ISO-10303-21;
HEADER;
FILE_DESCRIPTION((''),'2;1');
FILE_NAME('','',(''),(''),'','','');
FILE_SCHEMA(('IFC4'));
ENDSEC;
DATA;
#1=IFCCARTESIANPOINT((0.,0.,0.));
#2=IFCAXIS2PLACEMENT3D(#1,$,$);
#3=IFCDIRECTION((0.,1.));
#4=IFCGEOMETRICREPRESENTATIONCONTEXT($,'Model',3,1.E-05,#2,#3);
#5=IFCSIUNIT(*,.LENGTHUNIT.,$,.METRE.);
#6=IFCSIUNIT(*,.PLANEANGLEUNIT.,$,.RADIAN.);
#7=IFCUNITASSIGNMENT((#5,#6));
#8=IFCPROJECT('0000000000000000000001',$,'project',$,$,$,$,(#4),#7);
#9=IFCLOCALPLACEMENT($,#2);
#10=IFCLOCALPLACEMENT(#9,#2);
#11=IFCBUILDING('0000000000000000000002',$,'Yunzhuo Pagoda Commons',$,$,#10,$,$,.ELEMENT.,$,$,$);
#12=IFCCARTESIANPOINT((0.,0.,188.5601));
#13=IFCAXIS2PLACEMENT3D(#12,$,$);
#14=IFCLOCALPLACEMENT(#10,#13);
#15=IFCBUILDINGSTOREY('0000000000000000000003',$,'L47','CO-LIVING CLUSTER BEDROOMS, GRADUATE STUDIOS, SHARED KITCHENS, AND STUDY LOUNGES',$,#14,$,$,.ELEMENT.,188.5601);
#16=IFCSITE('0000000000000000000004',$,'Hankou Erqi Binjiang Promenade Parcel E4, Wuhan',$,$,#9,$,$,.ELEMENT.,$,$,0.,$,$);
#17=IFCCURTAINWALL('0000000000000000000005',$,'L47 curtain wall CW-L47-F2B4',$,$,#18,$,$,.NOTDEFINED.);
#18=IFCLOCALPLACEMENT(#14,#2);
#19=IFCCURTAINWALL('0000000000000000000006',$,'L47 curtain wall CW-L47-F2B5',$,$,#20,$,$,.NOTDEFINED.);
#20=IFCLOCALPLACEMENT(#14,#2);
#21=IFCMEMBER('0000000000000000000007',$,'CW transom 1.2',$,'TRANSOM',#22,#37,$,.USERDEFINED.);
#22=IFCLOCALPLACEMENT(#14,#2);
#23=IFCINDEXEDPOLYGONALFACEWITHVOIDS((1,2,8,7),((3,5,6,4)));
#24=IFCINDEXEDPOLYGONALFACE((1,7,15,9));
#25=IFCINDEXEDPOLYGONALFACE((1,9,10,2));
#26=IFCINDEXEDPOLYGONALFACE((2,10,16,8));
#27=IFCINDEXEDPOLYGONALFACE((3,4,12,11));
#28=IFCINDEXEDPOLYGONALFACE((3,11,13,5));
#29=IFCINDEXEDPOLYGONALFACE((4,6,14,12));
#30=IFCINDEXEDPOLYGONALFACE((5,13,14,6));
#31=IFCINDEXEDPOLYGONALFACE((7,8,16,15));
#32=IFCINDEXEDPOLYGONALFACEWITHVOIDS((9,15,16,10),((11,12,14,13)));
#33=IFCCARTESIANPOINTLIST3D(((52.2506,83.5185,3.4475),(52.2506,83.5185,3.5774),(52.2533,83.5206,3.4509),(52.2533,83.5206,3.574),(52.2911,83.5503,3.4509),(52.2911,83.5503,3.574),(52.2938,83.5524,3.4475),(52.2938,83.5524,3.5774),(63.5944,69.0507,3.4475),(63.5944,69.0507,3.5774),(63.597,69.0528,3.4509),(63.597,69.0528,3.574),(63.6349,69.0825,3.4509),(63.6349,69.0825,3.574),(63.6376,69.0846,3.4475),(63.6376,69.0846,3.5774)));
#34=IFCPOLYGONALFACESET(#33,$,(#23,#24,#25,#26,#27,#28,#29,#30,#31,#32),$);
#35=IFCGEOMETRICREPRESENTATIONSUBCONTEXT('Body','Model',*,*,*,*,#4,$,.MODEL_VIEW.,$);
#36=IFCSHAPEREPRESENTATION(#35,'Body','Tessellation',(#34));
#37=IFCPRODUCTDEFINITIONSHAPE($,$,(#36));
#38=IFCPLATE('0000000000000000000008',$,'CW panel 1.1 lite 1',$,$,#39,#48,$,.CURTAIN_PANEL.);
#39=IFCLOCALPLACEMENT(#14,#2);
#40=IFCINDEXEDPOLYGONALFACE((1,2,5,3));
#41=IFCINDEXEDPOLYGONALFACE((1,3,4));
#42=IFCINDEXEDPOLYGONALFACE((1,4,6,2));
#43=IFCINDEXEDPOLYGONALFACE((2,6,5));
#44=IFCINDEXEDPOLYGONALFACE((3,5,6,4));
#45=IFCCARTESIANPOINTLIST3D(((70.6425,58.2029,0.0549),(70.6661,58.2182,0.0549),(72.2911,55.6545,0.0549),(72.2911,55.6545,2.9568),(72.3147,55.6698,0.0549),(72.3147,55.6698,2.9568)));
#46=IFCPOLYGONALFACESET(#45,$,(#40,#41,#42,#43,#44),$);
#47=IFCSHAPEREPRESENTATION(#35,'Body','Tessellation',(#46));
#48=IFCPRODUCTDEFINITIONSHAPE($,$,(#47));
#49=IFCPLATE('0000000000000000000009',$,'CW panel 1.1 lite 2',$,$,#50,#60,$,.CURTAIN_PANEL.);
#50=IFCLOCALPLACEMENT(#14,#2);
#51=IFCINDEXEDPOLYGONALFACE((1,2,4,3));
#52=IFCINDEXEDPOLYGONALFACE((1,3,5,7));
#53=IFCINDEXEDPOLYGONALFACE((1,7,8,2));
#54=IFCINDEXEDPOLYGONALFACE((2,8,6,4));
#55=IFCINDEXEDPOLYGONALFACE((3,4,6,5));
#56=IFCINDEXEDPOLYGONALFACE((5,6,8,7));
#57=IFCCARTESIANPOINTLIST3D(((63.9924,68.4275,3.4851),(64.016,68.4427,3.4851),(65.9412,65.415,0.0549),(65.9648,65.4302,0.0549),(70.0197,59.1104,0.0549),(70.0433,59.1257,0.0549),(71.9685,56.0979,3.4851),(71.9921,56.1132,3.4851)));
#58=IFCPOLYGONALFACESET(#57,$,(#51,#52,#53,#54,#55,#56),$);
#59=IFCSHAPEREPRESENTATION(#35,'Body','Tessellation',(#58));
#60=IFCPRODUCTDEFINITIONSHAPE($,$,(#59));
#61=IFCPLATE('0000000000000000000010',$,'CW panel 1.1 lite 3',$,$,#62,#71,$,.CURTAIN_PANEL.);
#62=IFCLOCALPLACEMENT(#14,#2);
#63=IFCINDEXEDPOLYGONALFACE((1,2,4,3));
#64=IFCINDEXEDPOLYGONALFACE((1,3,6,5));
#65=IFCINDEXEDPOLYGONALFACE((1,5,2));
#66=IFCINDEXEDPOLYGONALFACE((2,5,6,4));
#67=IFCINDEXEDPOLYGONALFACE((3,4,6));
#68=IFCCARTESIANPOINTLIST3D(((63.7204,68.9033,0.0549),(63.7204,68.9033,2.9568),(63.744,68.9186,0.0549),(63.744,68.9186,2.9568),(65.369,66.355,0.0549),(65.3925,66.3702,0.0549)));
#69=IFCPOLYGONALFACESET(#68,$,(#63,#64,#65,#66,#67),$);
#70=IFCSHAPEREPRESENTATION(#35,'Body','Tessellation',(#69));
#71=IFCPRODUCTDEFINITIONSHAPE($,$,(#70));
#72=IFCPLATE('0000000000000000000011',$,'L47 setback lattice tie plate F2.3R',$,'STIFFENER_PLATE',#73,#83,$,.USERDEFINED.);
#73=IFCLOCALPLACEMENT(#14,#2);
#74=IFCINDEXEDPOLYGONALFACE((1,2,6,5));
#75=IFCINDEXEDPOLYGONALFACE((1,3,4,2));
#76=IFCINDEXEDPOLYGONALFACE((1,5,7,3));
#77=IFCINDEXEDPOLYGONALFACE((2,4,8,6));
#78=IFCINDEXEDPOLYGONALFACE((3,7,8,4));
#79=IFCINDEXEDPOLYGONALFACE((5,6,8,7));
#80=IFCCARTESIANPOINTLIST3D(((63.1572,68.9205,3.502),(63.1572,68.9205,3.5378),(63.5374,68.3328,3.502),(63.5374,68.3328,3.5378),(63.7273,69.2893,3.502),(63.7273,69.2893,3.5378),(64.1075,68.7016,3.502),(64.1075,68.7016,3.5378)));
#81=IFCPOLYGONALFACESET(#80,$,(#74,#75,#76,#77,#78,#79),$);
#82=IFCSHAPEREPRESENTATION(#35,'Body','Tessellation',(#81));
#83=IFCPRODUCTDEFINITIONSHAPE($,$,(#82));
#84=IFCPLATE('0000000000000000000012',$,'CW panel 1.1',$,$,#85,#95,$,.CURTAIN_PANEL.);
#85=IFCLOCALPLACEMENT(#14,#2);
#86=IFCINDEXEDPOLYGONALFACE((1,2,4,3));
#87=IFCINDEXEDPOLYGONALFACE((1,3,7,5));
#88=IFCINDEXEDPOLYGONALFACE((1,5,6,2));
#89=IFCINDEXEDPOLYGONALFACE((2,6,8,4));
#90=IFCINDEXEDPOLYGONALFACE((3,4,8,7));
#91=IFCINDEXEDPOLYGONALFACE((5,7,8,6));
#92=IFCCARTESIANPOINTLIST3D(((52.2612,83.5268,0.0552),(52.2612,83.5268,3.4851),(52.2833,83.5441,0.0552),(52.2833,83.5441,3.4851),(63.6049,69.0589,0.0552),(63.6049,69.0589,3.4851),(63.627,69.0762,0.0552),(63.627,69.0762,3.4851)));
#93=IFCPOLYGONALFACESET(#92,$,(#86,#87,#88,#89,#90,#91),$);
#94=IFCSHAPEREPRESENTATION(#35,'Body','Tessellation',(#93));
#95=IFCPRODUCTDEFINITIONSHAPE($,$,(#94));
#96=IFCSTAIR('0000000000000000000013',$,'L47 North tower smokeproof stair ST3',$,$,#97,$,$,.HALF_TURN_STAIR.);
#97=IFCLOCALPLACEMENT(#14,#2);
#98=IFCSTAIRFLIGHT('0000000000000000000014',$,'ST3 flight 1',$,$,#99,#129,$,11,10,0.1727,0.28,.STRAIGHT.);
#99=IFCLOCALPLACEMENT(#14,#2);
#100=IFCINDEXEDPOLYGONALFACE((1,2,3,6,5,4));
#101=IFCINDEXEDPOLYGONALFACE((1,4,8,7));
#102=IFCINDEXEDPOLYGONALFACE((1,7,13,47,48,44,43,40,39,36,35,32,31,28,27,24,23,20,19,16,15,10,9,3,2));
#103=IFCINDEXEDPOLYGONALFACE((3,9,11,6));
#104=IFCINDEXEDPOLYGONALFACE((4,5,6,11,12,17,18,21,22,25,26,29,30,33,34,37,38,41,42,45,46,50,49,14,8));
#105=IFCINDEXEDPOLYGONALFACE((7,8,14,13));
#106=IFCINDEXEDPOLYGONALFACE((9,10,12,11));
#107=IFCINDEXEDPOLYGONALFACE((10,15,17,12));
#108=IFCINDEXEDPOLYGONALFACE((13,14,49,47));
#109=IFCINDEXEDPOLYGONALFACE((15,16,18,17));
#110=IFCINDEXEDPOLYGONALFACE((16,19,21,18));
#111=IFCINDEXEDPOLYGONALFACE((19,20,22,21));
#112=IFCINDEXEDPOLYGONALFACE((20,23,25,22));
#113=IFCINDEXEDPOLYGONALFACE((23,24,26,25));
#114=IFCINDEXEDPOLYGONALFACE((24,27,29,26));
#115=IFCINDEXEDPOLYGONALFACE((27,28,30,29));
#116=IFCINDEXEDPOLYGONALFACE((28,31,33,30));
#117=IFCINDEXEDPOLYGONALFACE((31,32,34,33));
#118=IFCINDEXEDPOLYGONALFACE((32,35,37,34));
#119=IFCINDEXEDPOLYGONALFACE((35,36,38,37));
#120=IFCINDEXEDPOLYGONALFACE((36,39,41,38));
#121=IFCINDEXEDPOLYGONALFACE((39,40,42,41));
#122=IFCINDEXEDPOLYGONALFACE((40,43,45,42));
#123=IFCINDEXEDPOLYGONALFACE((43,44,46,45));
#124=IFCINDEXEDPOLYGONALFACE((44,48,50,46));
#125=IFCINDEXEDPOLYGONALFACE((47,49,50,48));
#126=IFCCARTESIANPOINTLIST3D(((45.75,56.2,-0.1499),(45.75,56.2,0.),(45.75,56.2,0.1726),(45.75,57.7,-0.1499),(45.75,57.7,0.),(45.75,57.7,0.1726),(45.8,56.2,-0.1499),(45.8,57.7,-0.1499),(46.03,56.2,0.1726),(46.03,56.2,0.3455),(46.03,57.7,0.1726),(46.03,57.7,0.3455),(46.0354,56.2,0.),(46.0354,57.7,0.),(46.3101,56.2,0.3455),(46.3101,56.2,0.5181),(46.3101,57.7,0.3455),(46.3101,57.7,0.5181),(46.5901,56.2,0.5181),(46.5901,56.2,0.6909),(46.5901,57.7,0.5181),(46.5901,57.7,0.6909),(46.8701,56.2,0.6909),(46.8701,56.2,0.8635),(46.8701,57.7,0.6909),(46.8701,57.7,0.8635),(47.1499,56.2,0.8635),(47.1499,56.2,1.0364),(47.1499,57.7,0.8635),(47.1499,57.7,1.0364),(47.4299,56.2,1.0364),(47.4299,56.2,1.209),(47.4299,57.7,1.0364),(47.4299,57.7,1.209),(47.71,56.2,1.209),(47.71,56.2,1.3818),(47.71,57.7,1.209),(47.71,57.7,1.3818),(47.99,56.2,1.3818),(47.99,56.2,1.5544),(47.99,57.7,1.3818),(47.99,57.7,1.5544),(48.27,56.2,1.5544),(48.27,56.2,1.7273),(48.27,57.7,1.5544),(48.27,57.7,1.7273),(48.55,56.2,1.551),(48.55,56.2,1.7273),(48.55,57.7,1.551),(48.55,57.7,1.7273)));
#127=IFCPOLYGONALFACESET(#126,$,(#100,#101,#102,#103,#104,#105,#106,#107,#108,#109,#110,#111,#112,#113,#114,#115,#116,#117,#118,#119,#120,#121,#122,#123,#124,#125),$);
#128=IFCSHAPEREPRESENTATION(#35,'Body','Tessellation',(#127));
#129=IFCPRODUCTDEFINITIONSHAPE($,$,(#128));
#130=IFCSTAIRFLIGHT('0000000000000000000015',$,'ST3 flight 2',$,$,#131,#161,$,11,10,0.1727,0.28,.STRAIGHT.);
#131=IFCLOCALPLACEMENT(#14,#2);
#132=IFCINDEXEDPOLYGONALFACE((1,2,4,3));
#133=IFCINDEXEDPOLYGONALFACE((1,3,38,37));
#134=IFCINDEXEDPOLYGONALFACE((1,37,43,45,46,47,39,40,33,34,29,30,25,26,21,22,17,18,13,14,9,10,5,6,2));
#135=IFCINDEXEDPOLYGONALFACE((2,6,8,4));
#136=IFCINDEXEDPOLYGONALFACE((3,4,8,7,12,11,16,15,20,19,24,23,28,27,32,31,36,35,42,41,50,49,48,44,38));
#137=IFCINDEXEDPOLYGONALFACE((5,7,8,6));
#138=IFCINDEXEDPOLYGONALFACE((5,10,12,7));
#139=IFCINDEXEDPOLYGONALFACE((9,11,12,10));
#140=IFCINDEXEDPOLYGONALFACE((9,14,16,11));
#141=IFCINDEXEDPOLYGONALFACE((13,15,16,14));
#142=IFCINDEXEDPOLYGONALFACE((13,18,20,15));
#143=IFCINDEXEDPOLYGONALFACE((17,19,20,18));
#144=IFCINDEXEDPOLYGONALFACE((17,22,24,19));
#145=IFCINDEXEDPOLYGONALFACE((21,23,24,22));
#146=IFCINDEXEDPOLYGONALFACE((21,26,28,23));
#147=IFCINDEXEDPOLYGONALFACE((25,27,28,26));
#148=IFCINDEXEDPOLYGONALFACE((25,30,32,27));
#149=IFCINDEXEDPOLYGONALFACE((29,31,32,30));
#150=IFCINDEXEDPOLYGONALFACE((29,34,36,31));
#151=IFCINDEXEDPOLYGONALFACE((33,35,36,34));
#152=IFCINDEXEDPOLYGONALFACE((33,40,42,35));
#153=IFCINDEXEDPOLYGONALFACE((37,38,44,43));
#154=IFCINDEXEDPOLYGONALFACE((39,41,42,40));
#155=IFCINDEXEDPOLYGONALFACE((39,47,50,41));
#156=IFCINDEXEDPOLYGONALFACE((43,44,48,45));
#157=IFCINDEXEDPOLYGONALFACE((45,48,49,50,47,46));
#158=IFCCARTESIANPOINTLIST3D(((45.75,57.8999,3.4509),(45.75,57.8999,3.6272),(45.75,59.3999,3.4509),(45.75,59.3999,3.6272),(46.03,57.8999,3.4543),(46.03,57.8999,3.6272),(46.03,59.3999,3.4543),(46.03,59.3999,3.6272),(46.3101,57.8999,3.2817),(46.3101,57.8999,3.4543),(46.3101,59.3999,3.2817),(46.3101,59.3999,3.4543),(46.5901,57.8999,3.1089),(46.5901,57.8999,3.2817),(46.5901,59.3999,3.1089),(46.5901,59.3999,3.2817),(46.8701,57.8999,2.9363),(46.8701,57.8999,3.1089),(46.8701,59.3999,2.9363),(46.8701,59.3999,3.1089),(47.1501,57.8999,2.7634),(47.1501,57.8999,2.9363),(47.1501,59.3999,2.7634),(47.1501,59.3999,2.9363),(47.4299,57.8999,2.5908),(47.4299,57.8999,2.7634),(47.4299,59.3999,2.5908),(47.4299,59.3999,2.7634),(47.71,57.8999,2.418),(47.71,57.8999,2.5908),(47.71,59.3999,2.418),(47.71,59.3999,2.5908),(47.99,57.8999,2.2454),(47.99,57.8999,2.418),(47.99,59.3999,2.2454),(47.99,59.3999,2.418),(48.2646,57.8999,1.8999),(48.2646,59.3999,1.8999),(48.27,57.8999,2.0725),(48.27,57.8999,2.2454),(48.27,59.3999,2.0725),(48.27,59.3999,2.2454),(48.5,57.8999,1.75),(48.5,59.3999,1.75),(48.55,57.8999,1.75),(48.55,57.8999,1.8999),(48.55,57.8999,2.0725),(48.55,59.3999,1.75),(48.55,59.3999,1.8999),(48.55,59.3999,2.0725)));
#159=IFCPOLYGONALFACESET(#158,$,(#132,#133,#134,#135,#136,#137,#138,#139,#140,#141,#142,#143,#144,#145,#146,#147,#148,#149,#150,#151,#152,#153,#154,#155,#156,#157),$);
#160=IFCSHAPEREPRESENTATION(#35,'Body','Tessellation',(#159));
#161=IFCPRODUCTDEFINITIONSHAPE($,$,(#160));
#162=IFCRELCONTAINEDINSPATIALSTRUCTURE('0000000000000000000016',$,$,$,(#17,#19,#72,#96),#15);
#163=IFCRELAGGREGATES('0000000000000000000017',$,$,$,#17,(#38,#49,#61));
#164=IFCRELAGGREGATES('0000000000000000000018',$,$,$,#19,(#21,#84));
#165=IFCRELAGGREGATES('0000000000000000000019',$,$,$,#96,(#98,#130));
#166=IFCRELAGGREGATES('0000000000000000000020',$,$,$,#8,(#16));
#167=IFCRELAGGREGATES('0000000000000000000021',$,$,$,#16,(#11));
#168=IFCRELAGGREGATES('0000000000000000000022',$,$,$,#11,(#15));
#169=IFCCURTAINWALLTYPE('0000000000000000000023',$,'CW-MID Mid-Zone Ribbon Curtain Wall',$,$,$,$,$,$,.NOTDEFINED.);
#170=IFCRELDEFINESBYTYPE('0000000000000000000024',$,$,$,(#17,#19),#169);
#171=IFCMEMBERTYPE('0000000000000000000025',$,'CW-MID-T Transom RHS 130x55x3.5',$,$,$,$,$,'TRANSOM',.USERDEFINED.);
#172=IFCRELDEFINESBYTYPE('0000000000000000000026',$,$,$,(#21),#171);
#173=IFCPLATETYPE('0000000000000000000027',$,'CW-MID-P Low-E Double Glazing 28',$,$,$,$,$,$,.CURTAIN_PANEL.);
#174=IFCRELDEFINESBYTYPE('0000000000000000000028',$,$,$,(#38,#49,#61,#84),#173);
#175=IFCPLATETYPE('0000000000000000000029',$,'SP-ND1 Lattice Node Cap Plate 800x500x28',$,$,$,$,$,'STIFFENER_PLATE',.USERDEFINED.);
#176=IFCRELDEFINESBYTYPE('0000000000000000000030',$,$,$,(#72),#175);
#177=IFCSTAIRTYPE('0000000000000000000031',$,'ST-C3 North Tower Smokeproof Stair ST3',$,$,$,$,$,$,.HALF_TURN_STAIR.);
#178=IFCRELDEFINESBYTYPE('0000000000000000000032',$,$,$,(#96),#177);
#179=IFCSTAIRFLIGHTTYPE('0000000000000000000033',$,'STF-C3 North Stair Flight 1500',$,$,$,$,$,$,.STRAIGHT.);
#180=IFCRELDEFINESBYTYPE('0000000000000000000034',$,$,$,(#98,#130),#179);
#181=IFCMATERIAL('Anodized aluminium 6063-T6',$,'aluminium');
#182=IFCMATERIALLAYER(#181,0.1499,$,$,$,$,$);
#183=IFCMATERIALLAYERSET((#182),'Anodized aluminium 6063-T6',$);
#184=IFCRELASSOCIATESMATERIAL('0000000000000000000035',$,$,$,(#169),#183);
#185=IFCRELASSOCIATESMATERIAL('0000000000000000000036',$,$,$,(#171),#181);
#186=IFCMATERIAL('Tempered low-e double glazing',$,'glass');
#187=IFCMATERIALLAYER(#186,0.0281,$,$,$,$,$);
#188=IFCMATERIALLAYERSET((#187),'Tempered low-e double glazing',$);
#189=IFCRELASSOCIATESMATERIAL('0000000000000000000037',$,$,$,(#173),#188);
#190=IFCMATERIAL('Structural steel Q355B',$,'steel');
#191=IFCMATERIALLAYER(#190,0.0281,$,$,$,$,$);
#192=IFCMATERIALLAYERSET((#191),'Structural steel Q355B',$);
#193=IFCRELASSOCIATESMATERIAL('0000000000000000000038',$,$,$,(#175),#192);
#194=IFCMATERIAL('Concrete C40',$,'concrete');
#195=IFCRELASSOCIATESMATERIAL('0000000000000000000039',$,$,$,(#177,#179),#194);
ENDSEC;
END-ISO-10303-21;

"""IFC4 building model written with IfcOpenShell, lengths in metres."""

from ifc_helpers import new_model, si_unit, direction, frame, origin, origin_2d, place, context, subcontext, project, spatial, polyline, rectangle, hollow_rectangle, outline, extrude, source, transform, mapped, material, layer, layer_set, material_profile, profile_set, type_object, element, aggregate, save


model = new_model("IFC4")

# Units and contexts
model_context = context("Model", 3, precision=1e-05, world=origin(), true_north=direction((0.0, 1.0)))
body_context = subcontext(model_context, "Body", "Model", "MODEL_VIEW")
ifc_project = project(units=[si_unit("LENGTHUNIT", "METRE"), si_unit("PLANEANGLEUNIT", "RADIAN")], contexts=[model_context])

# Site, building, storey
site_placement = place(None, origin())
site = spatial("IfcSite", under=ifc_project, at=site_placement, Name="Hankou Erqi Binjiang Promenade Parcel E4, Wuhan", CompositionType="ELEMENT", RefElevation=0.0)
building_placement = place(site_placement, origin())
building = spatial("IfcBuilding", under=site, at=building_placement, Name="Yunzhuo Pagoda Commons", CompositionType="ELEMENT")
storey_placement = place(building_placement, frame((0.0, 0.0, 188.5601)))
storey = spatial("IfcBuildingStorey", under=building, at=storey_placement, Name="L47", Description="CO-LIVING CLUSTER BEDROOMS, GRADUATE STUDIOS, SHARED KITCHENS, AND STUDY LOUNGES", CompositionType="ELEMENT", Elevation=188.5601)

# Shared definitions
ifc_material_1 = material(Name="Structural steel Q355B", Category="steel")

# Curtain wall
ifc_material_2 = material(Name="Anodized aluminium 6063-T6", Category="aluminium")
ifc_layer_1 = layer(ifc_material_2, 0.1499)
ifc_layer_set_1 = layer_set([ifc_layer_1], Name="Anodized aluminium 6063-T6")
curtain_wall_type = type_object("IfcCurtainWallType", Name="CW-MID Mid-Zone Ribbon Curtain Wall", PredefinedType="NOTDEFINED", material=ifc_layer_set_1)
curtain_wall_1_placement = place(storey_placement, origin())
curtain_wall_1 = element("IfcCurtainWall", 1, at=curtain_wall_1_placement, inside=storey, type_object=curtain_wall_type, Name="L47 curtain wall CW-L47-F2B4", PredefinedType="NOTDEFINED")

# Curtain wall, member
curtain_wall_2_placement = place(storey_placement, origin())
curtain_wall_2 = element("IfcCurtainWall", 2, at=curtain_wall_2_placement, inside=storey, type_object=curtain_wall_type, Name="L47 curtain wall CW-L47-F2B5", PredefinedType="NOTDEFINED")
ifc_material_profile_1 = material_profile(ifc_material_2, hollow_rectangle(XDim=0.0549, YDim=0.1299, WallThickness=0.0034, at=origin_2d()), Name="Anodized aluminium 6063-T6")
ifc_profile_set_1 = profile_set([ifc_material_profile_1], Name="Anodized aluminium 6063-T6")
member_type_1 = type_object("IfcMemberType", Name="CW-MID-T Transom RHS 130x55x3.5", ElementType="TRANSOM", PredefinedType="USERDEFINED", material=ifc_profile_set_1)
shared_shape_1 = source(origin(), body_context, "Body", "SweptSolid", [
    extrude(hollow_rectangle(XDim=0.0549, YDim=0.1299, WallThickness=0.0034, at=origin_2d()), origin(), (0.0, 0.0, 1.0), 18.3848),
])
member_1_placement = place(storey_placement, frame((63.616, 69.0676, 3.5125), z_axis=(-0.617021, 0.786946, 0.0), x_axis=(-0.786946, -0.617021, 0.0)))
member_1 = element("IfcMember", 3, at=member_1_placement, type_object=member_type_1, Name="CW transom 1.2", ObjectType="TRANSOM", PredefinedType="USERDEFINED", context=body_context, shape_type="MappedRepresentation", body=[
    mapped(shared_shape_1, transform((0.0, 0.0, 0.0), scale=1.0)),
])

# Plates
ifc_material_3 = material(Name="Tempered low-e double glazing", Category="glass")
ifc_layer_2 = layer(ifc_material_3, 0.0281)
ifc_layer_set_2 = layer_set([ifc_layer_2], Name="Tempered low-e double glazing")
plate_type_1 = type_object("IfcPlateType", Name="CW-MID-P Low-E Double Glazing 28", PredefinedType="CURTAIN_PANEL", material=ifc_layer_set_2)
plate_1_placement = place(storey_placement, frame((71.4668, 56.9287, 1.5059), z_axis=(0.839627, 0.543164, 0.0), x_axis=(-0.543164, 0.839627, 0.0)))
plate_1 = element("IfcPlate", 4, at=plate_1_placement, type_object=plate_type_1, Name="CW panel 1.1 lite 1", PredefinedType="CURTAIN_PANEL", context=body_context, shape_type="SweptSolid", body=[
    extrude(outline(polyline([(-1.5176, -1.4509), (1.5176, -1.4509), (-1.5176, 1.4509), (-1.5176, -1.4509)])), origin(), (0.0, 0.0, 1.0), 0.0281),
])
plate_2_placement = place(storey_placement, frame((67.9805, 62.2627, 1.77), z_axis=(0.839627, 0.543164, 0.0), x_axis=(-0.543164, 0.839627, 0.0)))
plate_2 = element("IfcPlate", 5, at=plate_2_placement, type_object=plate_type_1, Name="CW panel 1.1 lite 2", PredefinedType="CURTAIN_PANEL", context=body_context, shape_type="SweptSolid", body=[
    extrude(outline(polyline([(-7.3423, 1.7151), (-3.7544, -1.7151), (3.7544, -1.7151), (7.3423, 1.7151), (-7.3423, 1.7151)])), origin(), (0.0, 0.0, 1.0), 0.0281),
])
plate_3_placement = place(storey_placement, frame((64.5447, 67.6292, 1.5059), z_axis=(0.839627, 0.543164, 0.0), x_axis=(-0.543164, 0.839627, 0.0)))
plate_3 = element("IfcPlate", 6, at=plate_3_placement, type_object=plate_type_1, Name="CW panel 1.1 lite 3", PredefinedType="CURTAIN_PANEL", context=body_context, shape_type="SweptSolid", body=[
    extrude(outline(polyline([(-1.5176, -1.4509), (1.5176, -1.4509), (1.5176, 1.4509), (-1.5176, -1.4509)])), origin(), (0.0, 0.0, 1.0), 0.0281),
])
aggregate(curtain_wall_1, [plate_1, plate_2, plate_3])
ifc_layer_3 = layer(ifc_material_1, 0.0281)
ifc_layer_set_3 = layer_set([ifc_layer_3], Name="Structural steel Q355B")
plate_type_2 = type_object("IfcPlateType", Name="SP-ND1 Lattice Node Cap Plate 800x500x28", ElementType="STIFFENER_PLATE", PredefinedType="USERDEFINED", material=ifc_layer_set_3)
shared_shape_2 = source(origin(), body_context, "Body", "SweptSolid", [
    extrude(rectangle(XDim=0.7, YDim=0.679, at=origin_2d()), origin(), (0.0, 0.0, 1.0), 0.0359),
])
plate_4_placement = place(storey_placement, frame((63.6323, 68.811, 3.502), z_axis=(0.0, 0.0, 1.0), x_axis=(-0.54316, 0.839629, 0.0)))
element("IfcPlate", 7, at=plate_4_placement, inside=storey, type_object=plate_type_2, Name="L47 setback lattice tie plate F2.3R", ObjectType="STIFFENER_PLATE", PredefinedType="USERDEFINED", context=body_context, shape_type="MappedRepresentation", body=[
    mapped(shared_shape_2, transform((0.0, 0.0, 0.0), scale=1.0)),
])
shared_shape_3 = source(origin(), body_context, "Body", "SweptSolid", [
    extrude(rectangle(XDim=18.3848, YDim=0.0281, at=origin_2d()), origin(), (0.0, 0.0, 1.0), 3.4299),
])
plate_5_placement = place(storey_placement, frame((57.9441, 76.3015, 0.0552), z_axis=(0.0, 0.0, 1.0), x_axis=(-0.617016, 0.78695, 0.0)))
plate_5 = element("IfcPlate", 8, at=plate_5_placement, type_object=plate_type_1, Name="CW panel 1.1", PredefinedType="CURTAIN_PANEL", context=body_context, shape_type="MappedRepresentation", body=[
    mapped(shared_shape_3, transform((0.0, 0.0, 0.0), scale=1.0)),
])
aggregate(curtain_wall_2, [member_1, plate_5])

# Stair, stair flights
ifc_material_4 = material(Name="Concrete C40", Category="concrete")
stair_type = type_object("IfcStairType", Name="ST-C3 North Tower Smokeproof Stair ST3", PredefinedType="HALF_TURN_STAIR", material=ifc_material_4)
stair_placement = place(storey_placement, origin())
stair = element("IfcStair", 9, at=stair_placement, inside=storey, type_object=stair_type, Name="L47 North tower smokeproof stair ST3", PredefinedType="HALF_TURN_STAIR")
stair_flight_type = type_object("IfcStairFlightType", Name="STF-C3 North Stair Flight 1500", PredefinedType="STRAIGHT", material=ifc_material_4)
shared_shape_4 = source(origin(), body_context, "Body", "SweptSolid", [
    extrude(outline(polyline([(0.0, -0.1499), (0.0, 0.0), (0.0, 0.1726), (0.28, 0.1726), (0.28, 0.3455), (0.5601, 0.3455), (0.5601, 0.5181), (0.8401, 0.5181), (0.8401, 0.6909), (1.1201, 0.6909), (1.1201, 0.8635), (1.3999, 0.8635), (1.3999, 1.0364), (1.6799, 1.0364), (1.6799, 1.209), (1.96, 1.209), (1.96, 1.3818), (2.24, 1.3818), (2.24, 1.5544), (2.52, 1.5544), (2.52, 1.7273), (2.8, 1.7273), (2.8, 1.8999), (2.8, 1.551), (0.2854, 0.0), (0.05, -0.1499), (0.0, -0.1499)])), frame((0.0, 0.75, 0.0), z_axis=(0.0, -1.0, 0.0), x_axis=(1.0, 0.0, 0.0)), (0.0, 0.0, 1.0), 1.5),
])
stair_flight_1_placement = place(storey_placement, frame((45.75, 56.95, 0.0), z_axis=(0.0, 0.0, 1.0), x_axis=(1.0, 0.0, 0.0)))
stair_flight_1 = element("IfcStairFlight", 10, at=stair_flight_1_placement, type_object=stair_flight_type, Name="ST3 flight 1", NumberOfRisers=11, NumberOfTreads=10, PredefinedType="STRAIGHT", RiserHeight=0.1727, TreadLength=0.28, context=body_context, shape_type="MappedRepresentation", body=[
    mapped(shared_shape_4, transform((0.0, 0.0, 0.0), scale=1.0)),
])
stair_flight_2_placement = place(storey_placement, frame((48.55, 58.6499, 1.8999), z_axis=(0.0, 0.0, 1.0), x_axis=(-1.0, 0.0, 0.0)))
stair_flight_2 = element("IfcStairFlight", 11, at=stair_flight_2_placement, type_object=stair_flight_type, Name="ST3 flight 2", NumberOfRisers=11, NumberOfTreads=10, PredefinedType="STRAIGHT", RiserHeight=0.1727, TreadLength=0.28, context=body_context, shape_type="MappedRepresentation", body=[
    mapped(shared_shape_4, transform((0.0, 0.0, 0.0), scale=1.0)),
])
aggregate(stair, [stair_flight_1, stair_flight_2])

save(model, "model.ifc")
